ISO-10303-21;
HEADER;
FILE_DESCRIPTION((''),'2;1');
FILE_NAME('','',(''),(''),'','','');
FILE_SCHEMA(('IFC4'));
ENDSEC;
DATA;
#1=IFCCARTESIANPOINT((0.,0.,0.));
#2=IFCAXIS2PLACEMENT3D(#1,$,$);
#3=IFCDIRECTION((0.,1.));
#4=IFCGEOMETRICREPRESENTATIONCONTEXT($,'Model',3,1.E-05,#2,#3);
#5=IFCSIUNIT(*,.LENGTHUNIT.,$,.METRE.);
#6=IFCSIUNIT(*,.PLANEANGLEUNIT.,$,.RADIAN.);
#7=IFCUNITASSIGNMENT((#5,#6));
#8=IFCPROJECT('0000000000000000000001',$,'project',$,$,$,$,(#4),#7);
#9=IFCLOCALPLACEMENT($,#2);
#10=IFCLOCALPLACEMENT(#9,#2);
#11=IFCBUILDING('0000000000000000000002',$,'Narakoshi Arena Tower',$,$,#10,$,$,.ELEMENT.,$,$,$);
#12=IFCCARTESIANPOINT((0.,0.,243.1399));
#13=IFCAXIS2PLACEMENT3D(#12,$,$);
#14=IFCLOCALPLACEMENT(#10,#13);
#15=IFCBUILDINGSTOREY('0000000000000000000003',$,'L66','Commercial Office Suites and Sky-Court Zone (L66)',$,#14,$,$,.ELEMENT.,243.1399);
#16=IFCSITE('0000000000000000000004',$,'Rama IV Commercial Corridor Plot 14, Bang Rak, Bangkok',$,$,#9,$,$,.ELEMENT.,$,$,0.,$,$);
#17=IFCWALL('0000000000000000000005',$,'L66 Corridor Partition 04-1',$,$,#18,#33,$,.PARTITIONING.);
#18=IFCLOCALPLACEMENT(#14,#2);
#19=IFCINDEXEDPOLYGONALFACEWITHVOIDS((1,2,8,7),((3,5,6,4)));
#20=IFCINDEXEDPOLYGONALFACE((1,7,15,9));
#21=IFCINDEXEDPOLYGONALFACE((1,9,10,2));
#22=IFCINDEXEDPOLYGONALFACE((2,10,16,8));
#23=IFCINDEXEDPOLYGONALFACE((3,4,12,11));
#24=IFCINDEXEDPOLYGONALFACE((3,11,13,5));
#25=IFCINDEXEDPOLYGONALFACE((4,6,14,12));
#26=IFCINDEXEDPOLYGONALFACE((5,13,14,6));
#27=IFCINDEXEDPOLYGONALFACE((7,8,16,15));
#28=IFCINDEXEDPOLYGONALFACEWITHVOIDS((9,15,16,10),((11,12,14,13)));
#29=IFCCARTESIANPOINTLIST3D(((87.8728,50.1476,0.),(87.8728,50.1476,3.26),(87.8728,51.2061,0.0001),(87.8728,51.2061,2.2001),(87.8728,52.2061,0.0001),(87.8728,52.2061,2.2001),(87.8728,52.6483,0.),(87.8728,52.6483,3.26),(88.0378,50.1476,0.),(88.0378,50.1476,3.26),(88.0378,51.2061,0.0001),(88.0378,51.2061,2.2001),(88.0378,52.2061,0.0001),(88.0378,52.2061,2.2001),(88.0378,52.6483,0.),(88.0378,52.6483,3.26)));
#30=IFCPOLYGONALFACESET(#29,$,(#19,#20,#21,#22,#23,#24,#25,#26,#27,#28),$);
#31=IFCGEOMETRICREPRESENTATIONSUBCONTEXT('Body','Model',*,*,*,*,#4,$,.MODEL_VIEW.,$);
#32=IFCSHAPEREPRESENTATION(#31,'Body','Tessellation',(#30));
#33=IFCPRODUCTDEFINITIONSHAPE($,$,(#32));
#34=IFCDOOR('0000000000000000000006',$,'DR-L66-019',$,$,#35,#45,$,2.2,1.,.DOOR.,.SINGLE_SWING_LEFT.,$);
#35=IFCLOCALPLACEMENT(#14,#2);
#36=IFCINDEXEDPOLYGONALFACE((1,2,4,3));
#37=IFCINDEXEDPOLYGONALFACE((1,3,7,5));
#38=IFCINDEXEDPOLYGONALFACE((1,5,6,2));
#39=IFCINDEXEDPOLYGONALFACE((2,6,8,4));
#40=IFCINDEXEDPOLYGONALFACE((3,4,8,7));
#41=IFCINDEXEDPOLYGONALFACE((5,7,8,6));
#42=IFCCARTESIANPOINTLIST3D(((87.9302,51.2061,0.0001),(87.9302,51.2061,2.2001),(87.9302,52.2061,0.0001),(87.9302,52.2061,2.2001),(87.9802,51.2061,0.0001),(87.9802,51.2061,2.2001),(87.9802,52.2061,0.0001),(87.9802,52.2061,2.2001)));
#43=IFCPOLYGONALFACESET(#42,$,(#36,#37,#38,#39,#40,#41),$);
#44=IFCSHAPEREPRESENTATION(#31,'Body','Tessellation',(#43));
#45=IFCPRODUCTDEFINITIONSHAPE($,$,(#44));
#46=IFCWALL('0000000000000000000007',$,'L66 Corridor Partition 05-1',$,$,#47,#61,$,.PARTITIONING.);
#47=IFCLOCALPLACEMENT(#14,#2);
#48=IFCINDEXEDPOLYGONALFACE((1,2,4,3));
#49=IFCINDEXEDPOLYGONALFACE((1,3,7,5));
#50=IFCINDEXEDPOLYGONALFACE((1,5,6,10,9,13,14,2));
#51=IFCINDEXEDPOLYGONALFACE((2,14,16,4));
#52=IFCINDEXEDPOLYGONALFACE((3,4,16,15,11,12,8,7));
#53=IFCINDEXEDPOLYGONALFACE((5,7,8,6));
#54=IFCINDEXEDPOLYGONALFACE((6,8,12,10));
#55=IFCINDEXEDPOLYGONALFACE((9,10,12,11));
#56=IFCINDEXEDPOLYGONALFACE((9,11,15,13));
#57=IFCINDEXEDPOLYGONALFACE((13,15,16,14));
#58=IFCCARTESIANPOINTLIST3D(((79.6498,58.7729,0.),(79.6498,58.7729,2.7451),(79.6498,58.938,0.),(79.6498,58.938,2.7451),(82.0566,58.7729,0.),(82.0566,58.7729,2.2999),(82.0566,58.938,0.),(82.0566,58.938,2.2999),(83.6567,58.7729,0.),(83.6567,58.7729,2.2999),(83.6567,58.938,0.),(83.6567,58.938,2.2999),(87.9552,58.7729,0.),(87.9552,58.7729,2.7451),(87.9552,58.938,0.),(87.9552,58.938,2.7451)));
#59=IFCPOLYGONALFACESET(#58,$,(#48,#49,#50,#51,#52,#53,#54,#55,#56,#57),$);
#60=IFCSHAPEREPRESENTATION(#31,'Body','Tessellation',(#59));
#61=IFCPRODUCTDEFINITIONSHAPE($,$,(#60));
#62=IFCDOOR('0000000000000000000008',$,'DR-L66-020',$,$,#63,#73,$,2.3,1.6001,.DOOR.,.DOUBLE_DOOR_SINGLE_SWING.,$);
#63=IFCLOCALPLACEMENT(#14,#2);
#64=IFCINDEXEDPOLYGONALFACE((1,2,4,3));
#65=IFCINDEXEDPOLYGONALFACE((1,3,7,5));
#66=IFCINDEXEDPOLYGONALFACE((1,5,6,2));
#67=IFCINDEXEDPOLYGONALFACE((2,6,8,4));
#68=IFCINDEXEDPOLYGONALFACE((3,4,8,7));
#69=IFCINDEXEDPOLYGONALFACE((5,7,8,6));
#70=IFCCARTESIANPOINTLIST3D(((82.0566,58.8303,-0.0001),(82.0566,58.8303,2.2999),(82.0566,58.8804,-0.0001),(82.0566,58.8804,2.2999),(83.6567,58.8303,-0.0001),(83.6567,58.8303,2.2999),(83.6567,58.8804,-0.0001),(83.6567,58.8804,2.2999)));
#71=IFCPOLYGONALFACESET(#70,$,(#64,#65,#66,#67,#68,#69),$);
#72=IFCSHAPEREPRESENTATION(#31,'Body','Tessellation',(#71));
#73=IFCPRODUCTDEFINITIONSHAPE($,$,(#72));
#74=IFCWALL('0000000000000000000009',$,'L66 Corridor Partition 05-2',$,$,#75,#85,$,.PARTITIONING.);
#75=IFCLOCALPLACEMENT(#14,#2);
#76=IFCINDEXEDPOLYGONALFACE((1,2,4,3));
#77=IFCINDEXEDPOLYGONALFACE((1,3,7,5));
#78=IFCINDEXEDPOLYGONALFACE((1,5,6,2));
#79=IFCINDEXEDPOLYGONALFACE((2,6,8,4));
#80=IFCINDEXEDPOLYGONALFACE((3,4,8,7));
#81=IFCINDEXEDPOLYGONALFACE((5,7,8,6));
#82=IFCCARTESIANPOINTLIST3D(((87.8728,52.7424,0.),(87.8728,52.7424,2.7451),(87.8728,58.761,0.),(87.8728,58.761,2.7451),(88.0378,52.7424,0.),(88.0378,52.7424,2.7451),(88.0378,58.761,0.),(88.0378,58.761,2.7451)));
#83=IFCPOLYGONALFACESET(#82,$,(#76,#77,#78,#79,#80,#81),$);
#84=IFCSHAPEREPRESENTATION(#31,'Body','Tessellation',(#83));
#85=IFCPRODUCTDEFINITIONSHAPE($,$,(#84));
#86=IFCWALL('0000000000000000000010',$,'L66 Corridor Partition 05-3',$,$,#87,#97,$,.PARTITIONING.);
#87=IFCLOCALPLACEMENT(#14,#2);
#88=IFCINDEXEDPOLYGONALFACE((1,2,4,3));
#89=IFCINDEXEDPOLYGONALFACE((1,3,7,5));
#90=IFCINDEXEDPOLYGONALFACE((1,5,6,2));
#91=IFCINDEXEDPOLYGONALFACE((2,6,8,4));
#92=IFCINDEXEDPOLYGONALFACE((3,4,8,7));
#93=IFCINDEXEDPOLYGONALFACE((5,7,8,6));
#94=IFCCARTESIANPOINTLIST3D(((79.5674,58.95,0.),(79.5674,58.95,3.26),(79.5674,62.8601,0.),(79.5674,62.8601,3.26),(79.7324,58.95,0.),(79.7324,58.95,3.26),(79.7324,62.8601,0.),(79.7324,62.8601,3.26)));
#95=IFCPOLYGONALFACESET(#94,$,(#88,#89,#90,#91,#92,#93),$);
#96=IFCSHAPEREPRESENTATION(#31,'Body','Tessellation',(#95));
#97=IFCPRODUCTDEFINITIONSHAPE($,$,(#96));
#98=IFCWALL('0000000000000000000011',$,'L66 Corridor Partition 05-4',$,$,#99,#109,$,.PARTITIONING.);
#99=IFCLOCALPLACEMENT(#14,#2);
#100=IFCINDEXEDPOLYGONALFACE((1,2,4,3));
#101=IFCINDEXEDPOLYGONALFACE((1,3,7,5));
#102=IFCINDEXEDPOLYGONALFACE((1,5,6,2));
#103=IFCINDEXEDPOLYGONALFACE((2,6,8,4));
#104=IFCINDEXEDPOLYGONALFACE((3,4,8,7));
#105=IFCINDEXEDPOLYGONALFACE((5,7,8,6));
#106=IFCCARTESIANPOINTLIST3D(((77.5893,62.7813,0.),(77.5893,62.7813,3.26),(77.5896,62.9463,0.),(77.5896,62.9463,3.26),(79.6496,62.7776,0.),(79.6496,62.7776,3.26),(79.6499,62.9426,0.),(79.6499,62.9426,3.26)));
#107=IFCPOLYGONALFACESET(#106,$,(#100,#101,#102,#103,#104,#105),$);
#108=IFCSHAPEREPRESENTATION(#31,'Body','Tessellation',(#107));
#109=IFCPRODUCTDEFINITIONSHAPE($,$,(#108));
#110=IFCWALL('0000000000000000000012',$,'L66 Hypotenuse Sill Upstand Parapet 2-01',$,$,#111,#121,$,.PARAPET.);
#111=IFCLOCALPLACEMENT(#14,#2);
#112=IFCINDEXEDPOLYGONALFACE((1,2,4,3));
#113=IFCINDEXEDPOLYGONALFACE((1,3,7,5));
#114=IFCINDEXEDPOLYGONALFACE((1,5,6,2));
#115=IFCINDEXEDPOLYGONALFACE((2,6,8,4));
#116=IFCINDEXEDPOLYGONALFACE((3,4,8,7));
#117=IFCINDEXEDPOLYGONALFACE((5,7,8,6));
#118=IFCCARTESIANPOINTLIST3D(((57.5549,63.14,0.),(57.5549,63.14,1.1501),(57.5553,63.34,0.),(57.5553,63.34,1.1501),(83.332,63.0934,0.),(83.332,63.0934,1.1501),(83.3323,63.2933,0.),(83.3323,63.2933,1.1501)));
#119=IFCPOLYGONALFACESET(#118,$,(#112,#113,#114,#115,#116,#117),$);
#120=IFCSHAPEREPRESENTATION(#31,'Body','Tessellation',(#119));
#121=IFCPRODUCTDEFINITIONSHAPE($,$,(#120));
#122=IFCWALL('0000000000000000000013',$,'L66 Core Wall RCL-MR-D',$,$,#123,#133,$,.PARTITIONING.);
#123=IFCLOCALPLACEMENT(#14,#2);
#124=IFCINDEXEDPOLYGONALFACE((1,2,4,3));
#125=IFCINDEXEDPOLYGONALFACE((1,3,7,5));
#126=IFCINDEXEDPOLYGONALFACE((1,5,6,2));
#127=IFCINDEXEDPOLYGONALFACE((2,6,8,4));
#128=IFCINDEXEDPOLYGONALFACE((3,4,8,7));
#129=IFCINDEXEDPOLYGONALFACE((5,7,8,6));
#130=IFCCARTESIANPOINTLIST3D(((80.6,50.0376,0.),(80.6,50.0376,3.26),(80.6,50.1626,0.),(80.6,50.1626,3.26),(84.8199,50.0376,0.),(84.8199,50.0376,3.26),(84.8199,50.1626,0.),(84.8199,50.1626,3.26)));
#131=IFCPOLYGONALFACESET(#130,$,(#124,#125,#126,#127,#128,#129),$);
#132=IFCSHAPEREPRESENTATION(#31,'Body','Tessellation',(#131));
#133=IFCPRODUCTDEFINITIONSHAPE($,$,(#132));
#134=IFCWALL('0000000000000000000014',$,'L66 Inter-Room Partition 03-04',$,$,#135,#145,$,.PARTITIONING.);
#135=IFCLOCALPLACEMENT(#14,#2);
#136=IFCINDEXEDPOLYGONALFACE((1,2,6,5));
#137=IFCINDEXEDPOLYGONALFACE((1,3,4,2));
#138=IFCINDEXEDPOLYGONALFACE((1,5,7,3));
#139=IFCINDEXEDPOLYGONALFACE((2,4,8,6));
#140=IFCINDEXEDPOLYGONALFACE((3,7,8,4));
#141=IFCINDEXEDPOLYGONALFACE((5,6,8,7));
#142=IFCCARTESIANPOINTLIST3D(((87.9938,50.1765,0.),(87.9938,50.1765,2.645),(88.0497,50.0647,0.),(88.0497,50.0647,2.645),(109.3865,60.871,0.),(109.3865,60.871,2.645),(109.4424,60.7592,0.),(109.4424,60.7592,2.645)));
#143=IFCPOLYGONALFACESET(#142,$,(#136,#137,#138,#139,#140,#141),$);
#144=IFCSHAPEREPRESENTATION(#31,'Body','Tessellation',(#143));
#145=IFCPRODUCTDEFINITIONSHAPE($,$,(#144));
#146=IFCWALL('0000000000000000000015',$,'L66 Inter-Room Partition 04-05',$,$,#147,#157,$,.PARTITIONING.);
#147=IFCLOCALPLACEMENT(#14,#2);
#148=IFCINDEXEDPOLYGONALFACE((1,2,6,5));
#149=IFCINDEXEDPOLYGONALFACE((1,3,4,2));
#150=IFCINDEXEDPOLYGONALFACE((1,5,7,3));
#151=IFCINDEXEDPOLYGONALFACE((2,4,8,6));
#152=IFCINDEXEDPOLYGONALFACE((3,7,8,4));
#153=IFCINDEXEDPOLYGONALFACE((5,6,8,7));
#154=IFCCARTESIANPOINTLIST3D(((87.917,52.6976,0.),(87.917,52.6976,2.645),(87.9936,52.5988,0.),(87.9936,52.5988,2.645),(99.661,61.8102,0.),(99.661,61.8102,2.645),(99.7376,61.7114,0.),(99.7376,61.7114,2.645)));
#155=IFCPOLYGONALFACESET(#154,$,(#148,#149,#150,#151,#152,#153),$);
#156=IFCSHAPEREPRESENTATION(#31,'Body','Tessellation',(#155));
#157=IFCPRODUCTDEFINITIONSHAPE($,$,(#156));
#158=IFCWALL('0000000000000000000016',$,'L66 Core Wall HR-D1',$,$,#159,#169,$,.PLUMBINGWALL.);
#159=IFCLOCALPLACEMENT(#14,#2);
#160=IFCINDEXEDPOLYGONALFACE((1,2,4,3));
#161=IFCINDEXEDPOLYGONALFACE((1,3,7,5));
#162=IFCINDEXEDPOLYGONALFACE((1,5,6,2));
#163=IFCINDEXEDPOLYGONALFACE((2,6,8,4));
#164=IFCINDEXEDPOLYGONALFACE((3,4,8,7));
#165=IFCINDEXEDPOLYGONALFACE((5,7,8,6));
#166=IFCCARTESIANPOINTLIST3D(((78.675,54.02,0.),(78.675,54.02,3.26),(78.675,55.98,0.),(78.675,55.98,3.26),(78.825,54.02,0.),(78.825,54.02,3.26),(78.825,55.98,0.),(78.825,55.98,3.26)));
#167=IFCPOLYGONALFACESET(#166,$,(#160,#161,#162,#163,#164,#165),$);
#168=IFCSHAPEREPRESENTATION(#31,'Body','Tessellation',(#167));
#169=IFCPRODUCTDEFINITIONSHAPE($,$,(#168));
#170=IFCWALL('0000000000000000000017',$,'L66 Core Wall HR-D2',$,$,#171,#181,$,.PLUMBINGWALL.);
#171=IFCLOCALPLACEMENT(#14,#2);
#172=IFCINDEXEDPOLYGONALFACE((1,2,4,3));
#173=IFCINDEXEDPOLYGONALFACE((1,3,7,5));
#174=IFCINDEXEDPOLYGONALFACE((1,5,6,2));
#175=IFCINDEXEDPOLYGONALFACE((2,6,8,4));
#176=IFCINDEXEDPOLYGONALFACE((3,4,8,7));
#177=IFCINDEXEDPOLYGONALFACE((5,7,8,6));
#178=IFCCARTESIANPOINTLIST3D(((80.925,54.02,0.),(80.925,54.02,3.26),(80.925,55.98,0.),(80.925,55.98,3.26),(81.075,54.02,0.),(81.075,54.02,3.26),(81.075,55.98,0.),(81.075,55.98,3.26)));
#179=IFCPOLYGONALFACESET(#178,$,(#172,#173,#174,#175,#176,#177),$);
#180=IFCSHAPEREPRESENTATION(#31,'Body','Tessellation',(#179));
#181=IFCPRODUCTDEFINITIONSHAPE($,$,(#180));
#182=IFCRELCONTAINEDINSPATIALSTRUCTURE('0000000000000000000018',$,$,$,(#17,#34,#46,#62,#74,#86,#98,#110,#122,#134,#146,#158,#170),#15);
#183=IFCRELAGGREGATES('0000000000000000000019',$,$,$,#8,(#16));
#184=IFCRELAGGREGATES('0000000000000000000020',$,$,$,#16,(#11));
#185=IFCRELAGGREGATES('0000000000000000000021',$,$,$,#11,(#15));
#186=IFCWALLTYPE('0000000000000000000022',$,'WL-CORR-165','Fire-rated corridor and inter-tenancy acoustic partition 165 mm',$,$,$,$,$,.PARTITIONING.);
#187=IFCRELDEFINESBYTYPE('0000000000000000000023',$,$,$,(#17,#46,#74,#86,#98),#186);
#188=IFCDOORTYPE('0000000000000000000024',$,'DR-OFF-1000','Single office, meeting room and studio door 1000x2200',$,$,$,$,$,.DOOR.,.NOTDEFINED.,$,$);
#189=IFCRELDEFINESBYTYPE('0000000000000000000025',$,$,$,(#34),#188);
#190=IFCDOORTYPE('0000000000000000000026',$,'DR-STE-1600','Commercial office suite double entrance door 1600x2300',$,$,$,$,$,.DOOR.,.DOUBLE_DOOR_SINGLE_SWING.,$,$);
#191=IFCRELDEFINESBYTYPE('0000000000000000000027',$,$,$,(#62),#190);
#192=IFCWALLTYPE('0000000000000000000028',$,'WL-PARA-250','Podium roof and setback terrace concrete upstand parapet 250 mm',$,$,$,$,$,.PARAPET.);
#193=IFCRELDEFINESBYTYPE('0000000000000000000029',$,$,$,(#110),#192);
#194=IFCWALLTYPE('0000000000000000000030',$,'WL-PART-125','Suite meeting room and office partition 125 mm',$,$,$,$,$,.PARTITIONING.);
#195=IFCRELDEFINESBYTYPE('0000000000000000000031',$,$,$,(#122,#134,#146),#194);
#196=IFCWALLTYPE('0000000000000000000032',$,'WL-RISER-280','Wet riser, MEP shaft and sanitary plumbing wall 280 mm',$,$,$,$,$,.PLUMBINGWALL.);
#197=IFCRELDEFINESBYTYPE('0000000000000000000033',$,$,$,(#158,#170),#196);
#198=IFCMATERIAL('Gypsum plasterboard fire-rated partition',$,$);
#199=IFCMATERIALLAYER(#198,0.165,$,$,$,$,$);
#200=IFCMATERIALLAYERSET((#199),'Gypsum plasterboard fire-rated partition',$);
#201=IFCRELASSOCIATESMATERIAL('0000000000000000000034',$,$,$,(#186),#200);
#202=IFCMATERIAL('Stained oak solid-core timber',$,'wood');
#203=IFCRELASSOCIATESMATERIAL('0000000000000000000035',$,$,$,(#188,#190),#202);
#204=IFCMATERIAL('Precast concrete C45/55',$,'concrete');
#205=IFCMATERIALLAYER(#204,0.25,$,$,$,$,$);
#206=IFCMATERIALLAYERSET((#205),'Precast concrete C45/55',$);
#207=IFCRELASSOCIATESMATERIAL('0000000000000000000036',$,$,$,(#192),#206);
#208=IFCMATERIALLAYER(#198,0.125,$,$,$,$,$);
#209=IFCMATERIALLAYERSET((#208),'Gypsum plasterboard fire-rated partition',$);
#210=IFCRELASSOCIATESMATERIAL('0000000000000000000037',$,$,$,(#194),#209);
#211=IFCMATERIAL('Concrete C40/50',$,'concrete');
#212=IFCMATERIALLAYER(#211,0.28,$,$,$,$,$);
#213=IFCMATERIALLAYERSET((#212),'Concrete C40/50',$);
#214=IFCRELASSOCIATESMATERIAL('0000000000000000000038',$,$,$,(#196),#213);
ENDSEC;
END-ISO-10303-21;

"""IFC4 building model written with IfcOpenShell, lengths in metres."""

from ifc_helpers import new_model, si_unit, direction, frame, frame_2d, origin, place, context, subcontext, project, spatial, rectangle, extrude, material, layer, layer_set, type_object, element, fill, save


model = new_model("IFC4")

# Units and contexts
model_context = context("Model", 3, precision=1e-05, world=origin(), true_north=direction((0.0, 1.0)))
body_context = subcontext(model_context, "Body", "Model", "MODEL_VIEW")
ifc_project = project(units=[si_unit("LENGTHUNIT", "METRE"), si_unit("PLANEANGLEUNIT", "RADIAN")], contexts=[model_context])

# Site, building, storey
site_placement = place(None, origin())
site = spatial("IfcSite", under=ifc_project, at=site_placement, Name="Rama IV Commercial Corridor Plot 14, Bang Rak, Bangkok", CompositionType="ELEMENT", RefElevation=0.0)
building_placement = place(site_placement, origin())
building = spatial("IfcBuilding", under=site, at=building_placement, Name="Narakoshi Arena Tower", CompositionType="ELEMENT")
storey_placement = place(building_placement, frame((0.0, 0.0, 243.1399)))
storey = spatial("IfcBuildingStorey", under=building, at=storey_placement, Name="L66", Description="Commercial Office Suites and Sky-Court Zone (L66)", CompositionType="ELEMENT", Elevation=243.1399)

# Walls, openings, doors
ifc_material_1 = material(Name="Gypsum plasterboard fire-rated partition")
ifc_layer_1 = layer(ifc_material_1, 0.165)
ifc_layer_set_1 = layer_set([ifc_layer_1], Name="Gypsum plasterboard fire-rated partition")
wall_type_1 = type_object("IfcWallType", Name="WL-CORR-165", Description="Fire-rated corridor and inter-tenancy acoustic partition 165 mm", PredefinedType="PARTITIONING", material=ifc_layer_set_1)
ifc_material_2 = material(Name="Stained oak solid-core timber", Category="wood")
door_type_1 = type_object("IfcDoorType", Name="DR-OFF-1000", Description="Single office, meeting room and studio door 1000x2200", OperationType="NOTDEFINED", PredefinedType="DOOR", material=ifc_material_2)
wall_1_placement = place(storey_placement, frame((87.9553, 50.1475, 0.0), z_axis=(0.0, 0.0, 1.0), x_axis=(0.0, 1.0, 0.0)))
wall_1 = element("IfcWall", 1, at=wall_1_placement, inside=storey, type_object=wall_type_1, Name="L66 Corridor Partition 04-1", PredefinedType="PARTITIONING", context=body_context, shape_type="SweptSolid", body=[
    extrude(rectangle(XDim=2.5007, YDim=0.165, at=frame_2d((1.2505, 0.0))), origin(), (0.0, 0.0, 1.0), 3.26),
])
opening_1_placement = place(wall_1_placement, frame((1.0586, 0.0, 0.0)))
opening_1 = element("IfcOpeningElement", 2, at=opening_1_placement, cuts=wall_1, PredefinedType="OPENING", context=body_context, shape_type="SweptSolid", body=[
    extrude(rectangle(XDim=1.0, YDim=2.2, at=frame_2d((0.5, 1.1001))), frame((0.0, 0.0925, 0.0), z_axis=(0.0, -1.0, 0.0), x_axis=(1.0, 0.0, 0.0)), (0.0, 0.0, 1.0), 0.1851),
])
door_1_placement = place(opening_1_placement, frame((1.0, 0.0, 0.0), z_axis=(0.0, 0.0, 1.0), x_axis=(-1.0, 0.0, 0.0)))
door_1 = element("IfcDoor", 3, at=door_1_placement, inside=storey, type_object=door_type_1, Name="DR-L66-019", OperationType="SINGLE_SWING_LEFT", OverallHeight=2.2, OverallWidth=1.0, PredefinedType="DOOR", context=body_context, shape_type="SweptSolid", body=[
    extrude(rectangle(XDim=1.0, YDim=2.2, at=frame_2d((0.5, 1.1001))), frame((0.0, 0.0249, 0.0), z_axis=(0.0, -1.0, 0.0), x_axis=(1.0, 0.0, 0.0)), (0.0, 0.0, 1.0), 0.05),
])
fill(opening_1, door_1)
wall_2_placement = place(storey_placement, frame((87.9553, 58.8555, 0.0), z_axis=(0.0, 0.0, 1.0), x_axis=(-1.0, 0.0, 0.0)))
wall_2 = element("IfcWall", 4, at=wall_2_placement, inside=storey, type_object=wall_type_1, Name="L66 Corridor Partition 05-1", PredefinedType="PARTITIONING", context=body_context, shape_type="SweptSolid", body=[
    extrude(rectangle(XDim=8.3054, YDim=0.165, at=frame_2d((4.1528, 0.0))), origin(), (0.0, 0.0, 1.0), 2.7451),
])
opening_2_placement = place(wall_2_placement, frame((4.2986, 0.0, 0.0)))
opening_2 = element("IfcOpeningElement", 5, at=opening_2_placement, cuts=wall_2, PredefinedType="OPENING", context=body_context, shape_type="SweptSolid", body=[
    extrude(rectangle(XDim=1.6001, YDim=2.3, at=frame_2d((0.8, 1.1499))), frame((0.0, 0.0925, 0.0), z_axis=(0.0, -1.0, 0.0), x_axis=(1.0, 0.0, 0.0)), (0.0, 0.0, 1.0), 0.1851),
])
door_type_2 = type_object("IfcDoorType", Name="DR-STE-1600", Description="Commercial office suite double entrance door 1600x2300", OperationType="DOUBLE_DOOR_SINGLE_SWING", PredefinedType="DOOR", material=ifc_material_2)
door_2_placement = place(opening_2_placement, frame((1.6001, 0.0, 0.0), z_axis=(0.0, 0.0, 1.0), x_axis=(-1.0, 0.0, 0.0)))
door_2 = element("IfcDoor", 6, at=door_2_placement, inside=storey, type_object=door_type_2, Name="DR-L66-020", OperationType="DOUBLE_DOOR_SINGLE_SWING", OverallHeight=2.3, OverallWidth=1.6001, PredefinedType="DOOR", context=body_context, shape_type="SweptSolid", body=[
    extrude(rectangle(XDim=1.6001, YDim=2.3, at=frame_2d((0.8, 1.1499))), frame((0.0, 0.0249, 0.0), z_axis=(0.0, -1.0, 0.0), x_axis=(1.0, 0.0, 0.0)), (0.0, 0.0, 1.0), 0.05),
])
fill(opening_2, door_2)

# Walls
wall_3_placement = place(storey_placement, frame((87.9553, 52.7424, 0.0), z_axis=(0.0, 0.0, 1.0), x_axis=(0.0, 1.0, 0.0)))
element("IfcWall", 7, at=wall_3_placement, inside=storey, type_object=wall_type_1, Name="L66 Corridor Partition 05-2", PredefinedType="PARTITIONING", context=body_context, shape_type="SweptSolid", body=[
    extrude(rectangle(XDim=6.0186, YDim=0.165, at=frame_2d((3.0093, 0.0))), origin(), (0.0, 0.0, 1.0), 2.7451),
])
wall_4_placement = place(storey_placement, frame((79.6499, 58.95, 0.0), z_axis=(0.0, 0.0, 1.0), x_axis=(0.0, 1.0, 0.0)))
element("IfcWall", 8, at=wall_4_placement, inside=storey, type_object=wall_type_1, Name="L66 Corridor Partition 05-3", PredefinedType="PARTITIONING", context=body_context, shape_type="SweptSolid", body=[
    extrude(rectangle(XDim=3.9102, YDim=0.165, at=frame_2d((1.9551, 0.0))), origin(), (0.0, 0.0, 1.0), 3.26),
])
wall_5_placement = place(storey_placement, frame((79.6499, 62.8601, 0.0), z_axis=(0.0, 0.0, 1.0), x_axis=(-0.999998, 0.001777, 0.0)))
element("IfcWall", 9, at=wall_5_placement, inside=storey, type_object=wall_type_1, Name="L66 Corridor Partition 05-4", PredefinedType="PARTITIONING", context=body_context, shape_type="SweptSolid", body=[
    extrude(rectangle(XDim=2.0603, YDim=0.165, at=frame_2d((1.0303, 0.0))), origin(), (0.0, 0.0, 1.0), 3.26),
])
ifc_material_3 = material(Name="Precast concrete C45/55", Category="concrete")
ifc_layer_2 = layer(ifc_material_3, 0.25)
ifc_layer_set_2 = layer_set([ifc_layer_2], Name="Precast concrete C45/55")
wall_type_2 = type_object("IfcWallType", Name="WL-PARA-250", Description="Podium roof and setback terrace concrete upstand parapet 250 mm", PredefinedType="PARAPET", material=ifc_layer_set_2)
wall_6_placement = place(storey_placement, frame((83.3323, 63.1934, 0.0), z_axis=(0.0, 0.0, 1.0), x_axis=(-0.999998, 0.001809, 0.0)))
element("IfcWall", 10, at=wall_6_placement, inside=storey, type_object=wall_type_2, Name="L66 Hypotenuse Sill Upstand Parapet 2-01", PredefinedType="PARAPET", context=body_context, shape_type="SweptSolid", body=[
    extrude(rectangle(XDim=25.7771, YDim=0.2, at=frame_2d((12.8887, 0.0))), origin(), (0.0, 0.0, 1.0), 1.1501),
])
ifc_layer_3 = layer(ifc_material_1, 0.125)
ifc_layer_set_3 = layer_set([ifc_layer_3], Name="Gypsum plasterboard fire-rated partition")
wall_type_3 = type_object("IfcWallType", Name="WL-PART-125", Description="Suite meeting room and office partition 125 mm", PredefinedType="PARTITIONING", material=ifc_layer_set_3)
wall_7_placement = place(storey_placement, frame((80.6001, 50.1001, 0.0), z_axis=(0.0, 0.0, 1.0), x_axis=(1.0, 0.0, 0.0)))
element("IfcWall", 11, at=wall_7_placement, inside=storey, type_object=wall_type_3, Name="L66 Core Wall RCL-MR-D", PredefinedType="PARTITIONING", context=body_context, shape_type="SweptSolid", body=[
    extrude(rectangle(XDim=4.22, YDim=0.125, at=frame_2d((2.1099, 0.0))), origin(), (0.0, 0.0, 1.0), 3.26),
])
wall_8_placement = place(storey_placement, frame((88.0217, 50.1206, 0.0), z_axis=(0.0, 0.0, 1.0), x_axis=(0.894458, 0.447152, 0.0)))
element("IfcWall", 12, at=wall_8_placement, inside=storey, type_object=wall_type_3, Name="L66 Inter-Room Partition 03-04", PredefinedType="PARTITIONING", context=body_context, shape_type="SweptSolid", body=[
    extrude(rectangle(XDim=23.917, YDim=0.125, at=frame_2d((11.9585, 0.0))), origin(), (0.0, 0.0, 1.0), 2.645),
])
wall_9_placement = place(storey_placement, frame((87.9553, 52.6482, 0.0), z_axis=(0.0, 0.0, 1.0), x_axis=(0.790056, 0.613035, 0.0)))
element("IfcWall", 13, at=wall_9_placement, inside=storey, type_object=wall_type_3, Name="L66 Inter-Room Partition 04-05", PredefinedType="PARTITIONING", context=body_context, shape_type="SweptSolid", body=[
    extrude(rectangle(XDim=14.8647, YDim=0.125, at=frame_2d((7.4324, 0.0))), origin(), (0.0, 0.0, 1.0), 2.645),
])
ifc_material_4 = material(Name="Concrete C40/50", Category="concrete")
ifc_layer_4 = layer(ifc_material_4, 0.28)
ifc_layer_set_4 = layer_set([ifc_layer_4], Name="Concrete C40/50")
wall_type_4 = type_object("IfcWallType", Name="WL-RISER-280", Description="Wet riser, MEP shaft and sanitary plumbing wall 280 mm", PredefinedType="PLUMBINGWALL", material=ifc_layer_set_4)
for number, where, z_axis, x_axis, name in (
    (14, (78.75, 54.02, 0.0), (0.0, 0.0, 1.0), (0.0, 1.0, 0.0), "L66 Core Wall HR-D1"),
    (15, (81.0, 54.02, 0.0), (0.0, 0.0, 1.0), (0.0, 1.0, 0.0), "L66 Core Wall HR-D2"),
):
    element("IfcWall", number, at=place(storey_placement, frame(where, z_axis=z_axis, x_axis=x_axis)), inside=storey, type_object=wall_type_4, Name=name, PredefinedType="PLUMBINGWALL", context=body_context, shape_type="SweptSolid", body=[
        extrude(rectangle(XDim=1.96, YDim=0.1499, at=frame_2d((0.98, 0.0))), origin(), (0.0, 0.0, 1.0), 3.26),
    ])

save(model, "model.ifc")
